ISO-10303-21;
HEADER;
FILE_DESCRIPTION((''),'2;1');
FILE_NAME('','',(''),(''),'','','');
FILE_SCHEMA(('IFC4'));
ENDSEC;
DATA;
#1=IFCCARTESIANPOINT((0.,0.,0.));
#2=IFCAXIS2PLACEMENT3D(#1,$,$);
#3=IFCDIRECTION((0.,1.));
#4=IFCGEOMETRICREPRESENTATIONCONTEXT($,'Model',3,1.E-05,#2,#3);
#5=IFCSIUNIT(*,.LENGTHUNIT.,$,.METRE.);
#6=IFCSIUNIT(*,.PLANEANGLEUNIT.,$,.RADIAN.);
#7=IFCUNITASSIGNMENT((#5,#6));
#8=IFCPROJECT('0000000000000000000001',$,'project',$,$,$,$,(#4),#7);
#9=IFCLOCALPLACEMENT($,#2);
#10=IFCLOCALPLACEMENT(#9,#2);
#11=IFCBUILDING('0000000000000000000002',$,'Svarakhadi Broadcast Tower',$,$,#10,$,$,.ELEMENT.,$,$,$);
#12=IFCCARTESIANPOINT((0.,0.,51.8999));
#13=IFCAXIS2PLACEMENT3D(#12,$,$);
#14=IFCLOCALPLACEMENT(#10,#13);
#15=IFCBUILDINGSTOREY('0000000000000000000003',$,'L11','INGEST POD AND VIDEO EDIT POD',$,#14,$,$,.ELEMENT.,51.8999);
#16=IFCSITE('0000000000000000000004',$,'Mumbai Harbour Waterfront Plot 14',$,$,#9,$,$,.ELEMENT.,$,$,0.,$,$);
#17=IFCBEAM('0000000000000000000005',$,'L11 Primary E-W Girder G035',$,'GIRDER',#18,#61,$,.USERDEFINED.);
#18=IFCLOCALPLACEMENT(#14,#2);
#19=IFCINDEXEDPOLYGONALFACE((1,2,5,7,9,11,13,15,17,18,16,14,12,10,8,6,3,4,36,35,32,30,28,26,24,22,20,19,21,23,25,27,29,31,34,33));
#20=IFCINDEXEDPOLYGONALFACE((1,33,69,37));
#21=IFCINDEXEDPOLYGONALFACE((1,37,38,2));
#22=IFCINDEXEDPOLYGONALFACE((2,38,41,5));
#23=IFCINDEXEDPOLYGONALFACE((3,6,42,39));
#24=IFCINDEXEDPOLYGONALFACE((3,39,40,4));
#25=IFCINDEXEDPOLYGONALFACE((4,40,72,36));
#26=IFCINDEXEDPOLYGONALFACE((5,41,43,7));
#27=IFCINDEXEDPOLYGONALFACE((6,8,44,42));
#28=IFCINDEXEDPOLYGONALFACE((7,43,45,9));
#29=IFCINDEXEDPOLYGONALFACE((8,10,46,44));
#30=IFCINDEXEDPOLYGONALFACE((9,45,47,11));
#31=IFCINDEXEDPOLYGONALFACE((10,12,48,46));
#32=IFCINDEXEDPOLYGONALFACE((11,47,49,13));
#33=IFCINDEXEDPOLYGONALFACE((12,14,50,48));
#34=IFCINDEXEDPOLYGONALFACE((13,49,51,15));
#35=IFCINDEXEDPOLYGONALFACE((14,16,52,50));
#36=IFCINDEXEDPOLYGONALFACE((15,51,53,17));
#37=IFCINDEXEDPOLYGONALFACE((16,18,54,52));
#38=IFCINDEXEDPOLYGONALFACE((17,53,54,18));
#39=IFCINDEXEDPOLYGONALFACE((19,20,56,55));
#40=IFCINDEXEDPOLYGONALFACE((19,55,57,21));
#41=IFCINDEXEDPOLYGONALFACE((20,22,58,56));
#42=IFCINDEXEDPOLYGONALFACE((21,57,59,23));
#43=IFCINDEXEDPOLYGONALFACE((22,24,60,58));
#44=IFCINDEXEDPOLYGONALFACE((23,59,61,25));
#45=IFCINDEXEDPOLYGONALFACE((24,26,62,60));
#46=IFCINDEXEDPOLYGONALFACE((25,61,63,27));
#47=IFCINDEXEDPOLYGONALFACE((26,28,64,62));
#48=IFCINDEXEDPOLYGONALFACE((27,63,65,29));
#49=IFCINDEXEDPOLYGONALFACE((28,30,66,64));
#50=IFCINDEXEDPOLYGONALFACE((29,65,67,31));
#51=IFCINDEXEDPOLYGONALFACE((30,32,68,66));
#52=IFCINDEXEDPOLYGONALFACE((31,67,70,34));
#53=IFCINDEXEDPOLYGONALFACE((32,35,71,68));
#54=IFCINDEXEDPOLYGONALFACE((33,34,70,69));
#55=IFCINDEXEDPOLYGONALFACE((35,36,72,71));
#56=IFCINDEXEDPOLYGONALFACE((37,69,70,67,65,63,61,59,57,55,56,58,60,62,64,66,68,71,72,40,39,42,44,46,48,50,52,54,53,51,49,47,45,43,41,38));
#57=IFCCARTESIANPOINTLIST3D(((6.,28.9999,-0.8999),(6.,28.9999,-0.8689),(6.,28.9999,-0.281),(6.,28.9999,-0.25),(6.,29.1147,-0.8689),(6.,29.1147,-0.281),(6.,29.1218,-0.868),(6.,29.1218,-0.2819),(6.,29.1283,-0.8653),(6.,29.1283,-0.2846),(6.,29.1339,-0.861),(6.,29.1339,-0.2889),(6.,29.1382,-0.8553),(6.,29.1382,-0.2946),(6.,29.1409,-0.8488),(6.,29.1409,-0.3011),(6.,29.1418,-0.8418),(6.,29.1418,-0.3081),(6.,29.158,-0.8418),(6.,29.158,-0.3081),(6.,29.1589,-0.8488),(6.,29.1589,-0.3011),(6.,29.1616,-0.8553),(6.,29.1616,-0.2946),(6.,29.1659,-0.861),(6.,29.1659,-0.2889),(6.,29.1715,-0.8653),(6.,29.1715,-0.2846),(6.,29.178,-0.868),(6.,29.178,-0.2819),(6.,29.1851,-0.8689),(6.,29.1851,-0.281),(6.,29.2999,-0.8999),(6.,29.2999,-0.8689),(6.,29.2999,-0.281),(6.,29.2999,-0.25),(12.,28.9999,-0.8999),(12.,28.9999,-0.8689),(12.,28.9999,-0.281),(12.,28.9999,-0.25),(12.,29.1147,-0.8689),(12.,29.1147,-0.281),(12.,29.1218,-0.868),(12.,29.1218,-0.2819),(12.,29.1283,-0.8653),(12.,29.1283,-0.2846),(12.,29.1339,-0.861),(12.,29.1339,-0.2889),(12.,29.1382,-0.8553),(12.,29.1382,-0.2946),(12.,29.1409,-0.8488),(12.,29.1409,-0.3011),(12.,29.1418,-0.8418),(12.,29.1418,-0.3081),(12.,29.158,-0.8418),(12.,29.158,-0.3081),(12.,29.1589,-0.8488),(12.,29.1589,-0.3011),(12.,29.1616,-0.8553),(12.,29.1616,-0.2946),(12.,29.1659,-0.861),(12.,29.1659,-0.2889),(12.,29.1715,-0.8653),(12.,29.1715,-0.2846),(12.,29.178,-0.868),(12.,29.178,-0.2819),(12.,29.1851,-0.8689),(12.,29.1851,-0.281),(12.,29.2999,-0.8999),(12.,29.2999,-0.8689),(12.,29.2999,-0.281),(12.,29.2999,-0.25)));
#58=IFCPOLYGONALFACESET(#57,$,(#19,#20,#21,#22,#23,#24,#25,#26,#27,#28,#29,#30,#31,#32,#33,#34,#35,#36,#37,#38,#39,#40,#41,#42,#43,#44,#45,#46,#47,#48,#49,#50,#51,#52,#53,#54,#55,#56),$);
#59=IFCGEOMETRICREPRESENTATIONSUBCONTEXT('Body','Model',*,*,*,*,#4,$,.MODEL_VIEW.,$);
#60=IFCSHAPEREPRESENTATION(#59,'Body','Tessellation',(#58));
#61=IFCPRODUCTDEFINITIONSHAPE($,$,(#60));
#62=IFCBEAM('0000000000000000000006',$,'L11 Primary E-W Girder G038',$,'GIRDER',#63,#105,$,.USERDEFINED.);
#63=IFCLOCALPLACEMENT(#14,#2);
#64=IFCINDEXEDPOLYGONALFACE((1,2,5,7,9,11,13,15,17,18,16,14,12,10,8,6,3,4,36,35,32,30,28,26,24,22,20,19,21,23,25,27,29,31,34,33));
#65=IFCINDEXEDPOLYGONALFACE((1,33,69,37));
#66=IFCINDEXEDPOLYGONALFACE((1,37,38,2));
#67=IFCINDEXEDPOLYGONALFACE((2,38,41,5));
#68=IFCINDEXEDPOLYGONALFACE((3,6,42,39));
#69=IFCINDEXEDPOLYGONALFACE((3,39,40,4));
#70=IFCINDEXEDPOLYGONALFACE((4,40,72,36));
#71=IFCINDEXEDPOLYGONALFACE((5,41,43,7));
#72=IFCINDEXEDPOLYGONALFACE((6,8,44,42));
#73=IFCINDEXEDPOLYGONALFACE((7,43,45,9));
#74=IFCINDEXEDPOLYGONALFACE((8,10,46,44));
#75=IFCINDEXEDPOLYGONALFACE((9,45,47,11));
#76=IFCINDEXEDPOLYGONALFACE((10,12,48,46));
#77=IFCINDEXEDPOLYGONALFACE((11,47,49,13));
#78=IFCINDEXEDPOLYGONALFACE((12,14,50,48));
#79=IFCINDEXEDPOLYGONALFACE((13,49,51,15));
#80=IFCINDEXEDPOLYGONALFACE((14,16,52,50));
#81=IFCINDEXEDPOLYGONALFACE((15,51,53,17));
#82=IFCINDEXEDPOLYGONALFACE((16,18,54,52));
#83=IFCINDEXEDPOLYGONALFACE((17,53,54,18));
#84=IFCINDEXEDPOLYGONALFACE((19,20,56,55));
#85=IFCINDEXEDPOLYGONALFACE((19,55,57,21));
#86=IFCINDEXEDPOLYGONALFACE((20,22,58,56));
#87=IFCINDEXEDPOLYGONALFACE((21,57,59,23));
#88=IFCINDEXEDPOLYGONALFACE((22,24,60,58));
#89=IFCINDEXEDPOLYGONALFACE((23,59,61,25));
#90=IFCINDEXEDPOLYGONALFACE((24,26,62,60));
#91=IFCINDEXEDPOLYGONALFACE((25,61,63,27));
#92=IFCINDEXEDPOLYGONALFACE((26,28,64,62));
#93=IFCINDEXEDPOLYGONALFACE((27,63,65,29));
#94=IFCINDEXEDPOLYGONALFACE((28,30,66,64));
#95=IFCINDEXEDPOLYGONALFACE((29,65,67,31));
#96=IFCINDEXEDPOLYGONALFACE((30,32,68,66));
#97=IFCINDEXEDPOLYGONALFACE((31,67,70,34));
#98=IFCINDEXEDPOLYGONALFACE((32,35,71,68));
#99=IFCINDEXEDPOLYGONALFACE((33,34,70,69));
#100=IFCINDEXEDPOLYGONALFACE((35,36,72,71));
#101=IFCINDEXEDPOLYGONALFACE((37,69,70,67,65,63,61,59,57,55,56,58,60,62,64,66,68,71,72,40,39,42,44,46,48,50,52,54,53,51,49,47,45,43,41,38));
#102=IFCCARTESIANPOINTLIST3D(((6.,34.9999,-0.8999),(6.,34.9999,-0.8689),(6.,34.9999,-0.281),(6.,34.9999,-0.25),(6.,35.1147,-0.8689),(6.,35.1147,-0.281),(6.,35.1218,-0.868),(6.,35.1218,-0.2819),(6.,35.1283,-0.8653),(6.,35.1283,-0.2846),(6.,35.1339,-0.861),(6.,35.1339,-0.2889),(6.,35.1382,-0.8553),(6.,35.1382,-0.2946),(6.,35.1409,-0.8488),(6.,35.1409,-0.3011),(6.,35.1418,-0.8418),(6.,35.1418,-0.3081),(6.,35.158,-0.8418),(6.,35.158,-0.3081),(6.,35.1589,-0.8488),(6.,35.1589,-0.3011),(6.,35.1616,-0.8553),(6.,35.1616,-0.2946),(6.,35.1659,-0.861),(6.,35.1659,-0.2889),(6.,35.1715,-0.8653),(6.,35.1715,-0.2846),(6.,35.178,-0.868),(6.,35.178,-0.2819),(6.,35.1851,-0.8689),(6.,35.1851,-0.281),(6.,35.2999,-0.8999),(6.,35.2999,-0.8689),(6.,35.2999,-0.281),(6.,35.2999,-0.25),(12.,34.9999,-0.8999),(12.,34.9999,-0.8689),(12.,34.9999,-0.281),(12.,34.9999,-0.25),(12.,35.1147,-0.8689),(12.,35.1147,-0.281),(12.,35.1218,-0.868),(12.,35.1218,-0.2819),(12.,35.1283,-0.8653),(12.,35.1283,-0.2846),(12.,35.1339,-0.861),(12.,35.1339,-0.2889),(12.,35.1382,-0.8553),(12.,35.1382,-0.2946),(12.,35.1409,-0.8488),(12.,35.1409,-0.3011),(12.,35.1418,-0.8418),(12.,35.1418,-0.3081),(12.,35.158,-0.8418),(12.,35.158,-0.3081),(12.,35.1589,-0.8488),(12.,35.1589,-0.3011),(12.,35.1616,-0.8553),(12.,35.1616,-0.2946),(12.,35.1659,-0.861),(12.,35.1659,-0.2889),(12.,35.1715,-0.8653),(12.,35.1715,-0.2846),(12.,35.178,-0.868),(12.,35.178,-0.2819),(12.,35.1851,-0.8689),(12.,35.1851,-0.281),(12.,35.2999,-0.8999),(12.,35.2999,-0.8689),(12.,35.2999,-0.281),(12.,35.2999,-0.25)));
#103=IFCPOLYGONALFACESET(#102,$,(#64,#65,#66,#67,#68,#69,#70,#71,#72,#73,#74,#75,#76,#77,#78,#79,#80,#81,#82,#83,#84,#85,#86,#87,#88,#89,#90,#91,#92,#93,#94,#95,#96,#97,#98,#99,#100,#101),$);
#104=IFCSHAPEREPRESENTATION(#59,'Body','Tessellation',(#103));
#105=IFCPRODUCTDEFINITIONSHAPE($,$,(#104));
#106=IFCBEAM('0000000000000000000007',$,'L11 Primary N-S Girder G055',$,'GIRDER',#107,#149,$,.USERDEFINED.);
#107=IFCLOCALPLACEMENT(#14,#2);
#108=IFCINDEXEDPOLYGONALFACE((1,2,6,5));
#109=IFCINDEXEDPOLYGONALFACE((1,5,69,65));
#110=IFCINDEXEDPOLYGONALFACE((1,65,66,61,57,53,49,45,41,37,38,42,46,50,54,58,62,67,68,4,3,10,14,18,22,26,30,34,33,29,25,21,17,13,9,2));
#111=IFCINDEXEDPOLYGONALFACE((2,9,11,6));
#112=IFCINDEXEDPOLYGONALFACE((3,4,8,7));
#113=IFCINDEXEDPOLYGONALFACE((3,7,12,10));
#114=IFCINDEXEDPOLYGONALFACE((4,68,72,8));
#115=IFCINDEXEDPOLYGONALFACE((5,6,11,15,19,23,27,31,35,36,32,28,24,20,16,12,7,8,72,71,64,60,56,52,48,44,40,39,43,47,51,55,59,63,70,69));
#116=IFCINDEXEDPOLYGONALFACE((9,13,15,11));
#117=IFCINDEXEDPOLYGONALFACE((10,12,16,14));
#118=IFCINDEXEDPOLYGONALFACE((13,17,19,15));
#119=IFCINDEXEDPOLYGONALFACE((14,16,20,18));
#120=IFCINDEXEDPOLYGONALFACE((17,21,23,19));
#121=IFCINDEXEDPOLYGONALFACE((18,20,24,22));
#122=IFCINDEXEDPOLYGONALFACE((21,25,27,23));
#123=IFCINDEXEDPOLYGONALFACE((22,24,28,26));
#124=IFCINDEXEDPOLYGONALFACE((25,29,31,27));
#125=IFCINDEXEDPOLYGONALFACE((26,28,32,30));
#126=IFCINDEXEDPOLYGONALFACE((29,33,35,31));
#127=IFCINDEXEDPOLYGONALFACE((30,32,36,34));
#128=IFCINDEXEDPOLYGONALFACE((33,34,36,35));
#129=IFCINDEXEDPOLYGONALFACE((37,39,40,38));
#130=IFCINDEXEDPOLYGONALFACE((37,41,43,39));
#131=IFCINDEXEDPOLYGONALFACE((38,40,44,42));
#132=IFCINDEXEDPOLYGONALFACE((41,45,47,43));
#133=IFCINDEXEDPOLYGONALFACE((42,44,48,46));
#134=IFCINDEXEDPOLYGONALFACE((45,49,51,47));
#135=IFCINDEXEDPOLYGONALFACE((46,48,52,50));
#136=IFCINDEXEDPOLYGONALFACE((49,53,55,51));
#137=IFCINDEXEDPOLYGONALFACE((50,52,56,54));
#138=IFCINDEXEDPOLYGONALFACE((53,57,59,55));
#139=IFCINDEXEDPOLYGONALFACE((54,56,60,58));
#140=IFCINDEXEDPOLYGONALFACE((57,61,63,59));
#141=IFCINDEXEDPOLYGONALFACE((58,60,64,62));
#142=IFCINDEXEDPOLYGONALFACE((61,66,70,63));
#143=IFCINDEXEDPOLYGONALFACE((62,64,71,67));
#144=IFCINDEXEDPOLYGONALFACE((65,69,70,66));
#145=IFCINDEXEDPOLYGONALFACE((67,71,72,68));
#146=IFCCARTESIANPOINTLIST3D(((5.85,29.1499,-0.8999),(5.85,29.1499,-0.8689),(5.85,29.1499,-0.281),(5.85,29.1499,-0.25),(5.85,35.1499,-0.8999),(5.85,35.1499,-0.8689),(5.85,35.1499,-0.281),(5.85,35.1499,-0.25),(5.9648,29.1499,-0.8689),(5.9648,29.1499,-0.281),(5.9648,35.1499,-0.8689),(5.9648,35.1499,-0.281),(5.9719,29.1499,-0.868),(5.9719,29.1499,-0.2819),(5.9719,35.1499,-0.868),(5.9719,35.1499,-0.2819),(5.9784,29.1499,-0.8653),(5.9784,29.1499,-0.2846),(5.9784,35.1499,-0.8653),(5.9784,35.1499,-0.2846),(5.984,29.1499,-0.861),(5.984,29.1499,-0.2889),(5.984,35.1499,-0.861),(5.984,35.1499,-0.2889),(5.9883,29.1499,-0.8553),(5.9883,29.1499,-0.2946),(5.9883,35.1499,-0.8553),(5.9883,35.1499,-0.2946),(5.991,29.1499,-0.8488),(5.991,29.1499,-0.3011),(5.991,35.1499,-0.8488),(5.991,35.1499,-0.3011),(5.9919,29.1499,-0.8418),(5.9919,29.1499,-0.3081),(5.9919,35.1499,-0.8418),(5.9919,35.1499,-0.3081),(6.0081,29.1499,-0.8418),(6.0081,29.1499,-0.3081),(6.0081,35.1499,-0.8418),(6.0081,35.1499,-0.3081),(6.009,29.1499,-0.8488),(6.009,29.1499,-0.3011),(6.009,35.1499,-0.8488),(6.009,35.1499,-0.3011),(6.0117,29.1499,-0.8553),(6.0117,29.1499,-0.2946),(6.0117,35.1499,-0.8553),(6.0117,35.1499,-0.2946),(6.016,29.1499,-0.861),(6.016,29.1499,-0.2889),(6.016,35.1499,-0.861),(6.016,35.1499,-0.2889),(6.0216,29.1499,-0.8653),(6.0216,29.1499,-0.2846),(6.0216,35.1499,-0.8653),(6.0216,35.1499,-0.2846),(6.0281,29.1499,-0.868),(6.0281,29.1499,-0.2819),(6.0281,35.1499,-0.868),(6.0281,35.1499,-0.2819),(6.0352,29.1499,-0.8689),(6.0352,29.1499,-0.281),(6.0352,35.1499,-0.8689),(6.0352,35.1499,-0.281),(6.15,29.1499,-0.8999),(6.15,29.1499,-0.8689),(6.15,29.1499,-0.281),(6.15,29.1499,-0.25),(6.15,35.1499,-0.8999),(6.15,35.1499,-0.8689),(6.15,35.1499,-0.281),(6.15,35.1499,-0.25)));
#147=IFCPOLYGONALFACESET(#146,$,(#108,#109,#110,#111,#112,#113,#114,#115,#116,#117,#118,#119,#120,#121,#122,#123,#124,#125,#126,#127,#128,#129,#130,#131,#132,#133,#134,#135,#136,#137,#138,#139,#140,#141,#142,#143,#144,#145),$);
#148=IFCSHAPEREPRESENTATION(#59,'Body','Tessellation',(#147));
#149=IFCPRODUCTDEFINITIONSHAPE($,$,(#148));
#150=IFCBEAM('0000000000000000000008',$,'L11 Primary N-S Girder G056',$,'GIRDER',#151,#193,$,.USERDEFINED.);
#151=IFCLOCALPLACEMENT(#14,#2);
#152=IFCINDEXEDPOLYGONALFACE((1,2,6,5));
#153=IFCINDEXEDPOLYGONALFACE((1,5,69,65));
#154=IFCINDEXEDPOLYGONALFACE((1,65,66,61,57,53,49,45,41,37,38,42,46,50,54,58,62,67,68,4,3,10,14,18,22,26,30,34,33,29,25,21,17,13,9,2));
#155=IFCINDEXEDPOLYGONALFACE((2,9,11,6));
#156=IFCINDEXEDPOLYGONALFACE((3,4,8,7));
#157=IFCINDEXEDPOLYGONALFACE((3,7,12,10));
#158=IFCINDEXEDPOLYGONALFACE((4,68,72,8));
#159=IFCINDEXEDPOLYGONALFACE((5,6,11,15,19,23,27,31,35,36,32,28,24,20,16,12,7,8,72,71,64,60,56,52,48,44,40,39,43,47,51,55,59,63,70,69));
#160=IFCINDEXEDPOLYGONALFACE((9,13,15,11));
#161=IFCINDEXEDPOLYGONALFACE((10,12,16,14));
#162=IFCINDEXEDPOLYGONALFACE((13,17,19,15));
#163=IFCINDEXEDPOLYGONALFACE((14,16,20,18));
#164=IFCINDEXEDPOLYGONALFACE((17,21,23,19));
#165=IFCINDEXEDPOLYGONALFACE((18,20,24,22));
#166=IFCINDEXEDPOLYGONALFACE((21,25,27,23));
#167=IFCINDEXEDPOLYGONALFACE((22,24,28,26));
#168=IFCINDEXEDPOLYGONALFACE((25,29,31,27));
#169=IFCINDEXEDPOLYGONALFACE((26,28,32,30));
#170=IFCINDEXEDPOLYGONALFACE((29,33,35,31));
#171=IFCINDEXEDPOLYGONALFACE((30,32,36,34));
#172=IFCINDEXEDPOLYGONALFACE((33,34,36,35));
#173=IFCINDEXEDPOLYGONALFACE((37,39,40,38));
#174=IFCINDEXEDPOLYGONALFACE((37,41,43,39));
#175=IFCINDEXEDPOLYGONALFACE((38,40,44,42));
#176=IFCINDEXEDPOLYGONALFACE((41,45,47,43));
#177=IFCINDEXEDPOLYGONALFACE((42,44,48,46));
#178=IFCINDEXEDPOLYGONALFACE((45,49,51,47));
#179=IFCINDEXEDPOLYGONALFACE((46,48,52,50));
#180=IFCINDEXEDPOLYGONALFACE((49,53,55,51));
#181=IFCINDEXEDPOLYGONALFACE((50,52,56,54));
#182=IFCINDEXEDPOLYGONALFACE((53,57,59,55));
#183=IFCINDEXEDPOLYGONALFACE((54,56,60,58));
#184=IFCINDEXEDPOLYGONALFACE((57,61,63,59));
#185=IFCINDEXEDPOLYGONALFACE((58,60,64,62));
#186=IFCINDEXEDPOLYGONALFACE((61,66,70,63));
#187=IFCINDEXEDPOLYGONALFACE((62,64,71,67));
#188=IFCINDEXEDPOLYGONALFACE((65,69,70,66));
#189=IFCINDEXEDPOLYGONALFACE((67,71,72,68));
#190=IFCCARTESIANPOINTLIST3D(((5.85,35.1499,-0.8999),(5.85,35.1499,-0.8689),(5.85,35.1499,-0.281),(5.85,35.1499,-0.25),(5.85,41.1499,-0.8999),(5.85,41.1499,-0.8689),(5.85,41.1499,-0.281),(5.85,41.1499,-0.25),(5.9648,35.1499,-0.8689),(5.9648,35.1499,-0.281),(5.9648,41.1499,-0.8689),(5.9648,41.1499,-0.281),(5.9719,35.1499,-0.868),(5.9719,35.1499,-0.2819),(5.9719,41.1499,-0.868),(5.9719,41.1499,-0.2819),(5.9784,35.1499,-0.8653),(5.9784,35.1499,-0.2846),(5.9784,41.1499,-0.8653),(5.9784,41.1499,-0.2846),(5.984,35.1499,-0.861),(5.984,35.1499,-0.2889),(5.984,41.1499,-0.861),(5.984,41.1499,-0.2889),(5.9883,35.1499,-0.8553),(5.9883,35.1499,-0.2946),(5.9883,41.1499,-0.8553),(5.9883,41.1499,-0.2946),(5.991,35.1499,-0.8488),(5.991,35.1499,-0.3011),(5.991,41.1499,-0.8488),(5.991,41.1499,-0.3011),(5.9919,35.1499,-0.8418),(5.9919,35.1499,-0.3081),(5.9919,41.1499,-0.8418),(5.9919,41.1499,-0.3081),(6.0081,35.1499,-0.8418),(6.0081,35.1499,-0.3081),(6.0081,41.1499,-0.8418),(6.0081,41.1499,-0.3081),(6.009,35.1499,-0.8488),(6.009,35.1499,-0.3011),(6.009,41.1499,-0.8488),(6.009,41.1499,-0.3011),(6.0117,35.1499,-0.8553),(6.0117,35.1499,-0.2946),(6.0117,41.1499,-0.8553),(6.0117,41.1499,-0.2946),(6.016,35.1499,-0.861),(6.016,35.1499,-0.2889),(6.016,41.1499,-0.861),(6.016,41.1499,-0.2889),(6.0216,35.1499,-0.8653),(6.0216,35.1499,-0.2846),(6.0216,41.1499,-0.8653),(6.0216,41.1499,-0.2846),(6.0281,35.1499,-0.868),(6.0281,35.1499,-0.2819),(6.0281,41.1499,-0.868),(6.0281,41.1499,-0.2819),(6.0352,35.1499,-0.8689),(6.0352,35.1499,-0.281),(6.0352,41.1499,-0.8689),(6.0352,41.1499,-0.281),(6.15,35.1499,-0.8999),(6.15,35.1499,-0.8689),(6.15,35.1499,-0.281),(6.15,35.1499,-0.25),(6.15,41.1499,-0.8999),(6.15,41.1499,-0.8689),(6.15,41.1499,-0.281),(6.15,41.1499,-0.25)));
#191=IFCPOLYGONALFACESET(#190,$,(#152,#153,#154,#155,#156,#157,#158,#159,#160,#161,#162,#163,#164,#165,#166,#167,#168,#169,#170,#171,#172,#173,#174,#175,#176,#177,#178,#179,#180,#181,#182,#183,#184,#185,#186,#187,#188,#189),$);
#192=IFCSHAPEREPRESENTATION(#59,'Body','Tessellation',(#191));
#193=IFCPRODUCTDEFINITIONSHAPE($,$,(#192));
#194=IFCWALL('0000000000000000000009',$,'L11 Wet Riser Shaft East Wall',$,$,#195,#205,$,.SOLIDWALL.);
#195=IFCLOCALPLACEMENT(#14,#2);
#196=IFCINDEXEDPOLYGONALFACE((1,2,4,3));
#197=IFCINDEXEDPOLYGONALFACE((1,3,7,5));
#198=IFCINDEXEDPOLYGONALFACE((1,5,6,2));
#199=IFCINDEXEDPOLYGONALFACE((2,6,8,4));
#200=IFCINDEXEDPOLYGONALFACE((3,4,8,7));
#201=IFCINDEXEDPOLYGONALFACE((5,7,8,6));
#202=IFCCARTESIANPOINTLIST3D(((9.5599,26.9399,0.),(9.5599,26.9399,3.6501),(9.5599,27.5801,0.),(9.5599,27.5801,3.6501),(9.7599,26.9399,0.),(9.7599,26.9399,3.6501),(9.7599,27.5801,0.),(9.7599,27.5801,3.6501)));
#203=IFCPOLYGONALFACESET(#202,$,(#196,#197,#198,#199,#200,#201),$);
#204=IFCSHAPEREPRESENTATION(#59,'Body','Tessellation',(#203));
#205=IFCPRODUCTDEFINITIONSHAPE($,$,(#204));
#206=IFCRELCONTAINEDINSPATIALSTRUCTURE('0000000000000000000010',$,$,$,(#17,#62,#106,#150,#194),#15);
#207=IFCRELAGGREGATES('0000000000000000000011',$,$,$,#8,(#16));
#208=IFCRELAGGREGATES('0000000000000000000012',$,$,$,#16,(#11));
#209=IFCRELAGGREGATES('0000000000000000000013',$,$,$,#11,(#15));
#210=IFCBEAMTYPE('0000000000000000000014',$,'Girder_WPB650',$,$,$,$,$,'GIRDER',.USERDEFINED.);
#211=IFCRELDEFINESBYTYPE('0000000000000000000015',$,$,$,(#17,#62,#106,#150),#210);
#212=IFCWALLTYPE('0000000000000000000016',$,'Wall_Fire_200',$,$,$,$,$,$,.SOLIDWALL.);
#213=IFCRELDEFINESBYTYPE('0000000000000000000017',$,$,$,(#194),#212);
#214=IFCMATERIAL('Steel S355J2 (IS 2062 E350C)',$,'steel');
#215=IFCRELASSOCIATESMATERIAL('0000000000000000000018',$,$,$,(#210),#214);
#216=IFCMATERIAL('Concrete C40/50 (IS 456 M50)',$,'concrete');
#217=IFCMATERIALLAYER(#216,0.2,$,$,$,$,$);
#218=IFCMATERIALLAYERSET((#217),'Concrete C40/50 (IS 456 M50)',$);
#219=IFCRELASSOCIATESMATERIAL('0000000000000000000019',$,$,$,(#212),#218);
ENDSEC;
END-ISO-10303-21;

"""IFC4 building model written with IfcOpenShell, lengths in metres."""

from ifc_helpers import new_model, si_unit, direction, frame, frame_2d, origin, origin_2d, place, context, subcontext, project, spatial, rectangle, i_section, extrude, material, layer, layer_set, material_profile, profile_set, type_object, element, save


model = new_model("IFC4")

# Units and contexts
model_context = context("Model", 3, precision=1e-05, world=origin(), true_north=direction((0.0, 1.0)))
body_context = subcontext(model_context, "Body", "Model", "MODEL_VIEW")
ifc_project = project(units=[si_unit("LENGTHUNIT", "METRE"), si_unit("PLANEANGLEUNIT", "RADIAN")], contexts=[model_context])

# Site, building, storey
site_placement = place(None, origin())
site = spatial("IfcSite", under=ifc_project, at=site_placement, Name="Mumbai Harbour Waterfront Plot 14", CompositionType="ELEMENT", RefElevation=0.0)
building_placement = place(site_placement, origin())
building = spatial("IfcBuilding", under=site, at=building_placement, Name="Svarakhadi Broadcast Tower", CompositionType="ELEMENT")
storey_placement = place(building_placement, frame((0.0, 0.0, 51.8999)))
storey = spatial("IfcBuildingStorey", under=building, at=storey_placement, Name="L11", Description="INGEST POD AND VIDEO EDIT POD", CompositionType="ELEMENT", Elevation=51.8999)

# Beams
ifc_material_1 = material(Name="Steel S355J2 (IS 2062 E350C)", Category="steel")
ifc_material_profile_1 = material_profile(ifc_material_1, i_section(OverallWidth=0.3, OverallDepth=0.6499, WebThickness=0.0161, FlangeThickness=0.031, FilletRadius=0.0271, at=origin_2d()), Name="WPB 650x300x225")
ifc_profile_set_1 = profile_set([ifc_material_profile_1], Name="Steel S355J2 (IS 2062 E350C)")
beam_type_1 = type_object("IfcBeamType", Name="Girder_WPB650", ElementType="GIRDER", PredefinedType="USERDEFINED", material=ifc_profile_set_1)
for number, where, z_axis, x_axis, name in (
    (1, (6.0, 29.1499, -0.575), (1.0, 0.0, 0.0), (0.0, 1.0, 0.0), "L11 Primary E-W Girder G035"),
    (2, (6.0, 35.1499, -0.575), (1.0, 0.0, 0.0), (0.0, 1.0, 0.0), "L11 Primary E-W Girder G038"),
    (3, (6.0, 29.1499, -0.575), (0.0, 1.0, 0.0), (-1.0, 0.0, 0.0), "L11 Primary N-S Girder G055"),
    (4, (6.0, 35.1499, -0.575), (0.0, 1.0, 0.0), (-1.0, 0.0, 0.0), "L11 Primary N-S Girder G056"),
):
    element("IfcBeam", number, at=place(storey_placement, frame(where, z_axis=z_axis, x_axis=x_axis)), inside=storey, type_object=beam_type_1, Name=name, ObjectType="GIRDER", PredefinedType="USERDEFINED", context=body_context, shape_type="SweptSolid", body=[
        extrude(i_section(OverallWidth=0.3, OverallDepth=0.6499, WebThickness=0.0161, FlangeThickness=0.031, FilletRadius=0.0271, at=origin_2d()), origin(), (0.0, 0.0, 1.0), 6.0),
    ])

# Wall
ifc_material_2 = material(Name="Concrete C40/50 (IS 456 M50)", Category="concrete")
ifc_layer_1 = layer(ifc_material_2, 0.2)
ifc_layer_set_1 = layer_set([ifc_layer_1], Name="Concrete C40/50 (IS 456 M50)")
wall_type_1 = type_object("IfcWallType", Name="Wall_Fire_200", PredefinedType="SOLIDWALL", material=ifc_layer_set_1)
wall_1_placement = place(storey_placement, frame((9.6599, 26.9399, 0.0), z_axis=(0.0, 0.0, 1.0), x_axis=(0.0, 1.0, 0.0)))
element("IfcWall", 5, at=wall_1_placement, inside=storey, type_object=wall_type_1, Name="L11 Wet Riser Shaft East Wall", PredefinedType="SOLIDWALL", context=body_context, shape_type="SweptSolid", body=[
    extrude(rectangle(XDim=0.6401, YDim=0.2, at=frame_2d((0.3201, 0.0))), origin(), (0.0, 0.0, 1.0), 3.6501),
])

save(model, "model.ifc")
